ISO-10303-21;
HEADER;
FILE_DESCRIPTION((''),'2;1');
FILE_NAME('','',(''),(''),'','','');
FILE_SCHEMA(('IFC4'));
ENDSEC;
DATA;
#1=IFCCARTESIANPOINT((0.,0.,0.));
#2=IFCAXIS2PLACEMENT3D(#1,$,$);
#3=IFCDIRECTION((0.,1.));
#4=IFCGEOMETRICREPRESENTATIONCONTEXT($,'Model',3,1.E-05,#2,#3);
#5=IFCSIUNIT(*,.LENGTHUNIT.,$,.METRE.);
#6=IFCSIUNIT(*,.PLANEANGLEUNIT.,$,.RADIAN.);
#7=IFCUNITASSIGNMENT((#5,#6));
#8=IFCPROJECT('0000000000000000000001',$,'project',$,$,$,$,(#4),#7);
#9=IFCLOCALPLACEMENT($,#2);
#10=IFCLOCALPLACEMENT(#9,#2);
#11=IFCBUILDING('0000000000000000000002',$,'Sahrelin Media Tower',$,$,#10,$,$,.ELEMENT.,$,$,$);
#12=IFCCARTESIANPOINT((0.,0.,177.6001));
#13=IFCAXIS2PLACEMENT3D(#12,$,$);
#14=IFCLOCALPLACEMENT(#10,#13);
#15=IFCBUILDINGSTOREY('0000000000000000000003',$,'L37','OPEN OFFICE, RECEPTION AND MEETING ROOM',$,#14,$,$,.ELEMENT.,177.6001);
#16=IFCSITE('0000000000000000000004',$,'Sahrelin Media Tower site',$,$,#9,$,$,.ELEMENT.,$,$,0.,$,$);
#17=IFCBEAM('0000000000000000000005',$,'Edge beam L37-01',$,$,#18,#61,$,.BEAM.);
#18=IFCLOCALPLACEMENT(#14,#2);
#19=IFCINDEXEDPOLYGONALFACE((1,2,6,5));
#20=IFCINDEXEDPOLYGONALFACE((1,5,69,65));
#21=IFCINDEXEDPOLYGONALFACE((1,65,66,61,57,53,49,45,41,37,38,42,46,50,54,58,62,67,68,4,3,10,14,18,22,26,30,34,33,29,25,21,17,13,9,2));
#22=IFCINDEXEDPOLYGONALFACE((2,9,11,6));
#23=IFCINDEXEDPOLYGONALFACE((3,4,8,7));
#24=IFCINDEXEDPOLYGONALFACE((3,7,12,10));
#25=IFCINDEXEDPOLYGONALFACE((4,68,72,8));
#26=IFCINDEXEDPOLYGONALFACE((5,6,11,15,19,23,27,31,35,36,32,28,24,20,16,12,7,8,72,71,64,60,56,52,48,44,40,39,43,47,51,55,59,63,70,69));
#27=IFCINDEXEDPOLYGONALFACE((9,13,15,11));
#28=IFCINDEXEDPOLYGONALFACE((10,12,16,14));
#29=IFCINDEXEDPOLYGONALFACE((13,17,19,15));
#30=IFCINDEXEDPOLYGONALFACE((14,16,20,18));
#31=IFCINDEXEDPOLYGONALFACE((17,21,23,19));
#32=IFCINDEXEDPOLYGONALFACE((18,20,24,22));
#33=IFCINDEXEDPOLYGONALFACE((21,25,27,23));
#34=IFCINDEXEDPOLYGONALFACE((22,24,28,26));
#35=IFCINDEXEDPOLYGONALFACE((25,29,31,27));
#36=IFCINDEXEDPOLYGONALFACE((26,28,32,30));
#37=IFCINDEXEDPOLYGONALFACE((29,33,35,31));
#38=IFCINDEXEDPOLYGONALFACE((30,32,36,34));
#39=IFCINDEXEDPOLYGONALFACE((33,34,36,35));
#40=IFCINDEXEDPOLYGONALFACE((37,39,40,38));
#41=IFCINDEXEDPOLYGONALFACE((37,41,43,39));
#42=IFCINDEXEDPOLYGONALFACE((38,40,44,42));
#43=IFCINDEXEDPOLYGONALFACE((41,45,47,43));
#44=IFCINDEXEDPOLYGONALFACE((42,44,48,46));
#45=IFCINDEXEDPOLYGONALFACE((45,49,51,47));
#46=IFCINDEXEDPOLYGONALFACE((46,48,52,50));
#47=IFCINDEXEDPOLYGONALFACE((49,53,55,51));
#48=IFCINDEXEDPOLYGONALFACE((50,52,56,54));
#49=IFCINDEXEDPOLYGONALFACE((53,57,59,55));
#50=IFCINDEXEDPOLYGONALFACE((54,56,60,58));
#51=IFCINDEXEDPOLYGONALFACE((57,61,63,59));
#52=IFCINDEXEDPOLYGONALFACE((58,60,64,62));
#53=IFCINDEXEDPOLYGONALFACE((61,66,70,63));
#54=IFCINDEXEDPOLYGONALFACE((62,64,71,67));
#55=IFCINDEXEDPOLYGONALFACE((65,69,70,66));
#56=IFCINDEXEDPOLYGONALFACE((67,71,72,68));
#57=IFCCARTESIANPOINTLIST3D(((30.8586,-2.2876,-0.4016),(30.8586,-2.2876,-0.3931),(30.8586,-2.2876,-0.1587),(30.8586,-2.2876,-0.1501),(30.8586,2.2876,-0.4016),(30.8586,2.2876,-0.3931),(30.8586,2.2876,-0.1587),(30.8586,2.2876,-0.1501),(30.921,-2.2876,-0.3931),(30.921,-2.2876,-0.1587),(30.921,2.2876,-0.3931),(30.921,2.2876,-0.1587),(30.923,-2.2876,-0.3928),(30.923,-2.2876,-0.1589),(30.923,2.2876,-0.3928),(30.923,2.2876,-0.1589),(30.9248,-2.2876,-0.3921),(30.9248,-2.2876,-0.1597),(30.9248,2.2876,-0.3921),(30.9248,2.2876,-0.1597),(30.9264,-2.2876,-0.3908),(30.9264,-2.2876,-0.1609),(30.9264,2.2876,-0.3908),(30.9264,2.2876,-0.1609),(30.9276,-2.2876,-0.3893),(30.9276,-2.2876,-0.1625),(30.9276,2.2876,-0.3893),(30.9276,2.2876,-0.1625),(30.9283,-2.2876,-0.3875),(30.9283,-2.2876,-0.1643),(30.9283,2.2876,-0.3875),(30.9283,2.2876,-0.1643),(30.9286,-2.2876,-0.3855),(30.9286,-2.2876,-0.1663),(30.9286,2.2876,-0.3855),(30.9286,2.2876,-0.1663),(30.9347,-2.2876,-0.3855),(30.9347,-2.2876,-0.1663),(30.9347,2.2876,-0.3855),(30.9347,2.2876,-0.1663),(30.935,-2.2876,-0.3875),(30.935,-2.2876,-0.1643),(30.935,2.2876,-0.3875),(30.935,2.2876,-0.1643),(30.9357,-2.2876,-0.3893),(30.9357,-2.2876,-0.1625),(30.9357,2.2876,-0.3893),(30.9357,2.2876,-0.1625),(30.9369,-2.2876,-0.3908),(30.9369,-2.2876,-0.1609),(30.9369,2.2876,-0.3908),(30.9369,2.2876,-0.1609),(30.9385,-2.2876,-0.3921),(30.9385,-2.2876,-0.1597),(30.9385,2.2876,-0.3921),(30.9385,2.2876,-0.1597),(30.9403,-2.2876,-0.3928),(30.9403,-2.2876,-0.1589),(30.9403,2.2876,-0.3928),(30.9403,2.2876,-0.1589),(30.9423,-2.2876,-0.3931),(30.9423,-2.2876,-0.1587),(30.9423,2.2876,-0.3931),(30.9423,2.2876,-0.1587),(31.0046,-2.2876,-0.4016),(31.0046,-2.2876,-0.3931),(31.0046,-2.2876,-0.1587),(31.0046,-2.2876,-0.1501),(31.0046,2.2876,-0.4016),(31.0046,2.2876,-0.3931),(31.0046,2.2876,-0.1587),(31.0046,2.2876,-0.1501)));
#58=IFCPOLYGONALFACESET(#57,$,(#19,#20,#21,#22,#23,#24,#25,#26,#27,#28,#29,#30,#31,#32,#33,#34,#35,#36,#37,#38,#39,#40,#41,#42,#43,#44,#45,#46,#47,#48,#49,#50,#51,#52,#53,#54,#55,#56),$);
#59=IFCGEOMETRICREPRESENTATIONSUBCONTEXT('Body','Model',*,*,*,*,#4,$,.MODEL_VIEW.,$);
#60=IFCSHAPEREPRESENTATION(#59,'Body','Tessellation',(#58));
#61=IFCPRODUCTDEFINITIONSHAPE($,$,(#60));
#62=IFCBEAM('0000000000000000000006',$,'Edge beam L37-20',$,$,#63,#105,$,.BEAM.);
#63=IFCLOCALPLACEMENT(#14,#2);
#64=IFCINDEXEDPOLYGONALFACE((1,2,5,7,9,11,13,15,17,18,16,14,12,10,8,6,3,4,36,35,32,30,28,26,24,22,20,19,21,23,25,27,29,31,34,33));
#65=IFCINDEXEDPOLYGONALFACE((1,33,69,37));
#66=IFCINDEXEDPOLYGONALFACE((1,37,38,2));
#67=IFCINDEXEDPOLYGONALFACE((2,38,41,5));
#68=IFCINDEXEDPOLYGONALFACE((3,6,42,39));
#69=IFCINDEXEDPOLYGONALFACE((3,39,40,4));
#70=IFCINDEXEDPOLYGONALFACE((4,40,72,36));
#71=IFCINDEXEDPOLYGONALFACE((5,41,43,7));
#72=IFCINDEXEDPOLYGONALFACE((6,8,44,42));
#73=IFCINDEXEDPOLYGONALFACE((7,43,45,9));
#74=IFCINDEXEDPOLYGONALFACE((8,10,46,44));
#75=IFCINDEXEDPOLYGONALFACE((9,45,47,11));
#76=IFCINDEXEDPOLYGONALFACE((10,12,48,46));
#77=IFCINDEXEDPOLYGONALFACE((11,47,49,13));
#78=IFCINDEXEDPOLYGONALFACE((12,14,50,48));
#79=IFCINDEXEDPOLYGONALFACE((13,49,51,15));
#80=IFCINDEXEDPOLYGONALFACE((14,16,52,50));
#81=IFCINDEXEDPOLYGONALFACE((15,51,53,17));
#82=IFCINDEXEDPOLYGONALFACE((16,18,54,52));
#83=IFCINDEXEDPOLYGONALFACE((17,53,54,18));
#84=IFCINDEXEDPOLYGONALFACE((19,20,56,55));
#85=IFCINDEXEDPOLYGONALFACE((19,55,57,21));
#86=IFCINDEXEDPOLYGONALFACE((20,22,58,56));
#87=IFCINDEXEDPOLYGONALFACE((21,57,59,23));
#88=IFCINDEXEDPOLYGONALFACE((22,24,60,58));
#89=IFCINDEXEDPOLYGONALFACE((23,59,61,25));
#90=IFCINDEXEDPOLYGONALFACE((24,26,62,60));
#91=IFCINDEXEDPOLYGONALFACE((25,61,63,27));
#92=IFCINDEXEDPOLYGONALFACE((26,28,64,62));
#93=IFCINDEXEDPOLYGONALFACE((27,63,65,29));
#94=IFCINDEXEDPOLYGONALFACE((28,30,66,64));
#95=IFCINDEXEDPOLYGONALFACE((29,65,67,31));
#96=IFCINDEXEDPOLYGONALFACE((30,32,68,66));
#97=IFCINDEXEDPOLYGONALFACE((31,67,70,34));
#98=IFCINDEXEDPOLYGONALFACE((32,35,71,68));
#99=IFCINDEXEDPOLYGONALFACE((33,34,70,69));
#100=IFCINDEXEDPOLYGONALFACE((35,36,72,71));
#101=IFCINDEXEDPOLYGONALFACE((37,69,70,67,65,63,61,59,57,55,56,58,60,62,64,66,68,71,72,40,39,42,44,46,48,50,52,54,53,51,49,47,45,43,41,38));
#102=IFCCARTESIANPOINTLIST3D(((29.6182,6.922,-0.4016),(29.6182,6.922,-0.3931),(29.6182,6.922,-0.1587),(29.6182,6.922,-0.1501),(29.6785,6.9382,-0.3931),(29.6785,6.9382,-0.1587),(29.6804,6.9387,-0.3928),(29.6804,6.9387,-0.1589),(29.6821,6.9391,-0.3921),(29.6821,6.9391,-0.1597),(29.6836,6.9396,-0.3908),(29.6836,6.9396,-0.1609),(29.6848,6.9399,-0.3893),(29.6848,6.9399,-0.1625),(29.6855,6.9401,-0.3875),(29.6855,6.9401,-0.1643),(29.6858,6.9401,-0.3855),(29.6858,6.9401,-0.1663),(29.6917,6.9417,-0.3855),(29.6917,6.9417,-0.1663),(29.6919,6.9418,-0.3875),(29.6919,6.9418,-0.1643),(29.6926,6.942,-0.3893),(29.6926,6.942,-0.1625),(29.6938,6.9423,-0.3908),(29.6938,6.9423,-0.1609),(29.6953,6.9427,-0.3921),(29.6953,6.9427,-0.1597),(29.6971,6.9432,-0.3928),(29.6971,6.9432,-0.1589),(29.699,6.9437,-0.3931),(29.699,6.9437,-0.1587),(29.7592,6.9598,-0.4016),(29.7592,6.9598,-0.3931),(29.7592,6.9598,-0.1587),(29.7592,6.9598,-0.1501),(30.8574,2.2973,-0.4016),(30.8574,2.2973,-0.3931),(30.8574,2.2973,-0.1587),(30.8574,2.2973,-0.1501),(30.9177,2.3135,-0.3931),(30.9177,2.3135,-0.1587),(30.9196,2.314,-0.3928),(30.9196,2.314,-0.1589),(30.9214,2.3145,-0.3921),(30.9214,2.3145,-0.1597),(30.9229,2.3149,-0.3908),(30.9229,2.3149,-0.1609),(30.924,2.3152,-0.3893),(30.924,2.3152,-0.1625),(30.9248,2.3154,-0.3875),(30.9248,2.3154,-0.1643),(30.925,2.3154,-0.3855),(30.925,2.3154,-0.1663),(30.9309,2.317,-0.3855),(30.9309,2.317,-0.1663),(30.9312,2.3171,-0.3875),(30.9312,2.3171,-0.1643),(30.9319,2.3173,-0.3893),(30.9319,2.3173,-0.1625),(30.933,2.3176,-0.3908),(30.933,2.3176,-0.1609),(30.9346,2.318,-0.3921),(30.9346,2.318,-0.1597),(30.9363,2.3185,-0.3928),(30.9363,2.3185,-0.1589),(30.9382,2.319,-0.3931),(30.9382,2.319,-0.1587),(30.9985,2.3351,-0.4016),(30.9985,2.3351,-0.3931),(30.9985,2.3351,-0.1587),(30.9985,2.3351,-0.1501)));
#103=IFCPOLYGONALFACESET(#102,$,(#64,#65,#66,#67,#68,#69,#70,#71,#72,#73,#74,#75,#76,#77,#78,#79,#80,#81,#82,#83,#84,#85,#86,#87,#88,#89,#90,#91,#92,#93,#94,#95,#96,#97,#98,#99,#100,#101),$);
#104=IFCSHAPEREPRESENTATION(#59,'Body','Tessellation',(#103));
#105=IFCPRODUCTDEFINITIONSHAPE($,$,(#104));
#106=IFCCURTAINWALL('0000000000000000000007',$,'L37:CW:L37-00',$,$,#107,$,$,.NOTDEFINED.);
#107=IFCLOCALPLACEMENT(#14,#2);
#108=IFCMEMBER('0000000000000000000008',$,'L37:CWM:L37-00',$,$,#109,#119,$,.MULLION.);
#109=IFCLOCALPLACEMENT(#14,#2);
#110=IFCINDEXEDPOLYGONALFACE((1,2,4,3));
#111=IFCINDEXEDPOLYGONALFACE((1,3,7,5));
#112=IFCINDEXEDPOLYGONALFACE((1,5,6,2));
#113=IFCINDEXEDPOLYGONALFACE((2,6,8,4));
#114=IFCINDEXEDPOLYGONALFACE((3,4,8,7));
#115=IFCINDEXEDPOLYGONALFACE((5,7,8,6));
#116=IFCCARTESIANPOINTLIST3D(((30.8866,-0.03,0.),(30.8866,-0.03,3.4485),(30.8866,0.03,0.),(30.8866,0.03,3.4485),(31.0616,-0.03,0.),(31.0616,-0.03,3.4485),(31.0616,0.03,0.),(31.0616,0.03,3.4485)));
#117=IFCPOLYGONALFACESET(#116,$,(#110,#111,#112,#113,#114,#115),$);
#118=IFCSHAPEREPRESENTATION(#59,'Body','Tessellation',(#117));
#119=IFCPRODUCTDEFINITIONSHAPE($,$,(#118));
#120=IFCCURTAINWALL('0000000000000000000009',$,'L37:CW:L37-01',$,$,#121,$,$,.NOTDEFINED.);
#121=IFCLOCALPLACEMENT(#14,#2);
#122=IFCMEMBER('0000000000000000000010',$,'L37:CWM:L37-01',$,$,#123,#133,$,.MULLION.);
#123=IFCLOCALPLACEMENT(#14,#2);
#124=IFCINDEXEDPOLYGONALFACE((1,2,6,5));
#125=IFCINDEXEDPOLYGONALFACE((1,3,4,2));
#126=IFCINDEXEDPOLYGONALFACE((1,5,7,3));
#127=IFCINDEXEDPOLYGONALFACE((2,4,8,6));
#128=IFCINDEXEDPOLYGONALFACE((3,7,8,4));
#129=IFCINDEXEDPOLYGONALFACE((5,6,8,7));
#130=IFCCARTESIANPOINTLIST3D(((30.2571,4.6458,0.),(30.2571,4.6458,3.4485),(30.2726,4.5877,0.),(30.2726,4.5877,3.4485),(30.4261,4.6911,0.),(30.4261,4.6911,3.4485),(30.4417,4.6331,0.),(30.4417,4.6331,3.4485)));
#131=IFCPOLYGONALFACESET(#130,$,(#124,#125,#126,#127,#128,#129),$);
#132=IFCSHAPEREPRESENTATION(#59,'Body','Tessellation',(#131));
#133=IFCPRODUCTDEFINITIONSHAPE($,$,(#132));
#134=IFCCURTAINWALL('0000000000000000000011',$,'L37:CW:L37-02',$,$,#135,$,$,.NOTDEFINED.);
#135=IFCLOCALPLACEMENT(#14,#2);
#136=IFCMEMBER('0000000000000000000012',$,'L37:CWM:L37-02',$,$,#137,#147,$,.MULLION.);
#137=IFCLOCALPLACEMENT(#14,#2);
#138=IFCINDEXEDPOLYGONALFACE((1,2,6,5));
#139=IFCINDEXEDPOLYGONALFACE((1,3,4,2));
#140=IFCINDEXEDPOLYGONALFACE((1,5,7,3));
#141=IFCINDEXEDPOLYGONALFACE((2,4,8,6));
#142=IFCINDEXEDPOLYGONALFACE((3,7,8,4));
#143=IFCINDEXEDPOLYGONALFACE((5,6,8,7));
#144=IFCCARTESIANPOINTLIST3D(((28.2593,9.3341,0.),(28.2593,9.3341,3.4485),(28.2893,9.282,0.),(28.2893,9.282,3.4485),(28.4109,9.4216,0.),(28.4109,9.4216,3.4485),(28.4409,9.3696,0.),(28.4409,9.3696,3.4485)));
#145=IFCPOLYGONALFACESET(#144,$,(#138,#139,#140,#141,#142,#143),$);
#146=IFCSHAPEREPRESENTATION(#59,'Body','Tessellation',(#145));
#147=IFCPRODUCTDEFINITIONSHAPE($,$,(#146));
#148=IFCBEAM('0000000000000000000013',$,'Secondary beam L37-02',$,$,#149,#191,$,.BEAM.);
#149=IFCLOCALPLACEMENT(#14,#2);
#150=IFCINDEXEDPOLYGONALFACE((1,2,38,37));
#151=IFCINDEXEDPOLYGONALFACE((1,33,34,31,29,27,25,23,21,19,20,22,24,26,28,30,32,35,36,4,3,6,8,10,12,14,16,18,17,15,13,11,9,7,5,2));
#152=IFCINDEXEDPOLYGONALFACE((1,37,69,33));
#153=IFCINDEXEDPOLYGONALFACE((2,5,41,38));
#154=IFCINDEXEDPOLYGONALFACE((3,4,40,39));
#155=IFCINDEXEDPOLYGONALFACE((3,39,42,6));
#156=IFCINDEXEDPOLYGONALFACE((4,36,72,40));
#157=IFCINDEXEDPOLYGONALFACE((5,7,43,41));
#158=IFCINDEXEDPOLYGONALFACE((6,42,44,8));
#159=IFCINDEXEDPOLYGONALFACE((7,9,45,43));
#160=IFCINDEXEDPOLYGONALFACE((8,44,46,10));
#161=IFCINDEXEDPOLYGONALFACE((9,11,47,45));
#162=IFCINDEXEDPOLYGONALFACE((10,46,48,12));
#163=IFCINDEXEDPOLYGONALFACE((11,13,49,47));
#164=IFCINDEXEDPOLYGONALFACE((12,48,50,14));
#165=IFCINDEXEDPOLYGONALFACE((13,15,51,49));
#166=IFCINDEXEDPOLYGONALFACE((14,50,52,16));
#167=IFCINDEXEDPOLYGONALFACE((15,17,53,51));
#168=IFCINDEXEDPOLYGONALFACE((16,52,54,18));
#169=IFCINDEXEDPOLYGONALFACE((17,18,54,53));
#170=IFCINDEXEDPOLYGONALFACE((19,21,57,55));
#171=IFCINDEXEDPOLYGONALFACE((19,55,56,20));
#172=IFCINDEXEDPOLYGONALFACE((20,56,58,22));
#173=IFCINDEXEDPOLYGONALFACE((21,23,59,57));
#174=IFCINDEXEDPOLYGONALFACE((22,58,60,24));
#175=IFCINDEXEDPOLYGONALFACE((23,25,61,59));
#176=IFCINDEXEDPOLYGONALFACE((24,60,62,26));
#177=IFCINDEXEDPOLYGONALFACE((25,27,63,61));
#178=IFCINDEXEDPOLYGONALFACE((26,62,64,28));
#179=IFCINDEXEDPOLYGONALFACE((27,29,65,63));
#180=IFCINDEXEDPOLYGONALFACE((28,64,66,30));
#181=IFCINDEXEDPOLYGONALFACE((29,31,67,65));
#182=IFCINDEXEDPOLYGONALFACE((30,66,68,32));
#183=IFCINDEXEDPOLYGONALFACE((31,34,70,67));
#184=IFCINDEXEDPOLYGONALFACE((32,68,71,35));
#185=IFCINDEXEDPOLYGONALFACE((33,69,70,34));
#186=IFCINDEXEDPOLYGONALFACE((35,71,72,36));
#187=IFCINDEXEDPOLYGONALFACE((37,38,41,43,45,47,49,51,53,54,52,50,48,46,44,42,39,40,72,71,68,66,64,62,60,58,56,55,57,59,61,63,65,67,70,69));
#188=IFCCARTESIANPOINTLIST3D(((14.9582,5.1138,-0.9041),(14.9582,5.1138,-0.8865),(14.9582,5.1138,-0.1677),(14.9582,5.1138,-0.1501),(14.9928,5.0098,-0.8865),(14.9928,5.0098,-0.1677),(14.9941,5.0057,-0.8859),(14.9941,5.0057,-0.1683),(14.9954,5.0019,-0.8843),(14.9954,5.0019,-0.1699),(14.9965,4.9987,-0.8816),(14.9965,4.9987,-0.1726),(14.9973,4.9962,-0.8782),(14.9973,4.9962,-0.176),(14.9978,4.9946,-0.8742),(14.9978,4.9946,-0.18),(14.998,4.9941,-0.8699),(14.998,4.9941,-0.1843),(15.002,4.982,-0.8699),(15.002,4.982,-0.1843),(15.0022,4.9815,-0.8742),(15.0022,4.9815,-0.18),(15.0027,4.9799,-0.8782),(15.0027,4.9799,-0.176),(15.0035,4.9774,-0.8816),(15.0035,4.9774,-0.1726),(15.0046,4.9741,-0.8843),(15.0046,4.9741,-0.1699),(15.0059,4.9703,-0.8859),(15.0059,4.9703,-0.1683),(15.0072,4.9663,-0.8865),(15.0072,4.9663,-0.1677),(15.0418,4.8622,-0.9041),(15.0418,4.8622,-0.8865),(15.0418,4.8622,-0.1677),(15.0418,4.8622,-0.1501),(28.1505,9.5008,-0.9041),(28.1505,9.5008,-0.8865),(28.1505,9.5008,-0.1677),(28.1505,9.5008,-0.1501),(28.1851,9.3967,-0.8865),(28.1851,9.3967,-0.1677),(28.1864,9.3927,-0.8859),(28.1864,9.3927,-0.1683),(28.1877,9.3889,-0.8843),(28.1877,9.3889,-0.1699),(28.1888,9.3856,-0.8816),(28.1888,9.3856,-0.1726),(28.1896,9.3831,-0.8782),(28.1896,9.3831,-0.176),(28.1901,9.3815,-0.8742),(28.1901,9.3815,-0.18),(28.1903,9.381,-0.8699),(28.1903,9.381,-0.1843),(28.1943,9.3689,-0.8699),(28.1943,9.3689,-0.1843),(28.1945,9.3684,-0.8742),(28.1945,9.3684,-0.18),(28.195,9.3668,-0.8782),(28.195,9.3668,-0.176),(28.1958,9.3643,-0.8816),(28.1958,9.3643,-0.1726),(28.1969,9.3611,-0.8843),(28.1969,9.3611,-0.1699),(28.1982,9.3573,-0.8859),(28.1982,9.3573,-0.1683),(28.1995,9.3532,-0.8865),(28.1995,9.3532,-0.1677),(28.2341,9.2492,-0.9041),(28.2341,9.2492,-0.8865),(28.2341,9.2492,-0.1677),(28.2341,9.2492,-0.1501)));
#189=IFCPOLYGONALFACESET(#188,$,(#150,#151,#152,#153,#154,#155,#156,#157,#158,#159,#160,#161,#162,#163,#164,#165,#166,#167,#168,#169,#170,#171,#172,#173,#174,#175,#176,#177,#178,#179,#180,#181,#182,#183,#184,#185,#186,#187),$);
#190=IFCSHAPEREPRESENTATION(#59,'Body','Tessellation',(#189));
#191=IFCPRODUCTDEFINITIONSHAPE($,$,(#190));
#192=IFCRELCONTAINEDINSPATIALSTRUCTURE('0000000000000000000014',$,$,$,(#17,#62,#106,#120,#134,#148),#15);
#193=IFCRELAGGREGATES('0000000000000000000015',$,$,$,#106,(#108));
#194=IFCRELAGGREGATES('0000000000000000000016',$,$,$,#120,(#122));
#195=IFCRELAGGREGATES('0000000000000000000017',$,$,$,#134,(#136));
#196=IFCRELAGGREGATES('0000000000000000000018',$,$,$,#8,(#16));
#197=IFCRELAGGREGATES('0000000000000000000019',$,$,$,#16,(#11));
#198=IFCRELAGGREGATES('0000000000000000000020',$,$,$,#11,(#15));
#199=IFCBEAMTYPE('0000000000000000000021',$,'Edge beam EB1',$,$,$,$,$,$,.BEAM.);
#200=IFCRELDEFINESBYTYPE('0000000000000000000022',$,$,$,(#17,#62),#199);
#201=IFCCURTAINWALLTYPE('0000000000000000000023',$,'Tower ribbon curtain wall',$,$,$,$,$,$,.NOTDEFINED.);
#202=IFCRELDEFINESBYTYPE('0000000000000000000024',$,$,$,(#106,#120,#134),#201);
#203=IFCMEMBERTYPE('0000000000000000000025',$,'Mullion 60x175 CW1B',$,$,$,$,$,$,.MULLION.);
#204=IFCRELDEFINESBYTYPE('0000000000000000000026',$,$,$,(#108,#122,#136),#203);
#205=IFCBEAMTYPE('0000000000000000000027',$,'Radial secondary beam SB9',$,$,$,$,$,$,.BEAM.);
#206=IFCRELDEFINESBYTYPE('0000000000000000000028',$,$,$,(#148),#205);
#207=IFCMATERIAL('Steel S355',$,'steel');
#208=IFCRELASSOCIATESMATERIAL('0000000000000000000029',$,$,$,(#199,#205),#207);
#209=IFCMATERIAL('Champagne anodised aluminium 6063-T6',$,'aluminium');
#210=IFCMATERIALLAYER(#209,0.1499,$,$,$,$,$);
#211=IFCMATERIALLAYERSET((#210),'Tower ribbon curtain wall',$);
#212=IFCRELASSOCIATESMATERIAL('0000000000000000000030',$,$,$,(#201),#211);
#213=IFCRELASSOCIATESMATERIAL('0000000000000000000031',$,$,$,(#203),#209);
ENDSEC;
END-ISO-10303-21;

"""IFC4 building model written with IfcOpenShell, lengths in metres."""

from ifc_helpers import new_model, si_unit, direction, frame, origin, origin_2d, place, context, subcontext, project, spatial, rectangle, i_section, extrude, material, layer, layer_set, material_profile, profile_set, type_object, element, aggregate, save


model = new_model("IFC4")

# Units and contexts
model_context = context("Model", 3, precision=1e-05, world=origin(), true_north=direction((0.0, 1.0)))
body_context = subcontext(model_context, "Body", "Model", "MODEL_VIEW")
ifc_project = project(units=[si_unit("LENGTHUNIT", "METRE"), si_unit("PLANEANGLEUNIT", "RADIAN")], contexts=[model_context])

# Site, building, storey
site_placement = place(None, origin())
site = spatial("IfcSite", under=ifc_project, at=site_placement, Name="Sahrelin Media Tower site", CompositionType="ELEMENT", RefElevation=0.0)
building_placement = place(site_placement, origin())
building = spatial("IfcBuilding", under=site, at=building_placement, Name="Sahrelin Media Tower", CompositionType="ELEMENT")
storey_placement = place(building_placement, frame((0.0, 0.0, 177.6001)))
storey = spatial("IfcBuildingStorey", under=building, at=storey_placement, Name="L37", Description="OPEN OFFICE, RECEPTION AND MEETING ROOM", CompositionType="ELEMENT", Elevation=177.6001)

# Beams
ifc_material_1 = material(Name="Steel S355", Category="steel")
ifc_material_profile_1 = material_profile(ifc_material_1, i_section(OverallWidth=0.146, OverallDepth=0.2515, WebThickness=0.0061, FlangeThickness=0.0085, FilletRadius=0.0076, at=origin_2d()), Name="UB 254x146x31")
ifc_profile_set_1 = profile_set([ifc_material_profile_1], Name="Steel S355")
beam_type_1 = type_object("IfcBeamType", Name="Edge beam EB1", PredefinedType="BEAM", material=ifc_profile_set_1)
beam_1_placement = place(storey_placement, frame((30.9316, 2.2876, -0.2759), z_axis=(0.0, -1.0, 0.0), x_axis=(1.0, 0.0, 0.0)))
element("IfcBeam", 1, at=beam_1_placement, inside=storey, type_object=beam_type_1, Name="Edge beam L37-01", PredefinedType="BEAM", context=body_context, shape_type="SweptSolid", body=[
    extrude(i_section(OverallWidth=0.146, OverallDepth=0.2515, WebThickness=0.0061, FlangeThickness=0.0085, FilletRadius=0.0076, at=origin_2d()), origin(), (0.0, 0.0, 1.0), 4.5752),
])
beam_2_placement = place(storey_placement, frame((29.6887, 6.9409, -0.2759), z_axis=(0.25883, -0.965923, 0.0), x_axis=(0.965923, 0.25883, 0.0)))
element("IfcBeam", 2, at=beam_2_placement, inside=storey, type_object=beam_type_1, Name="Edge beam L37-20", PredefinedType="BEAM", context=body_context, shape_type="SweptSolid", body=[
    extrude(i_section(OverallWidth=0.146, OverallDepth=0.2515, WebThickness=0.0061, FlangeThickness=0.0085, FilletRadius=0.0076, at=origin_2d()), origin(), (0.0, 0.0, 1.0), 4.7878),
])

# Curtain walls, members
ifc_material_2 = material(Name="Champagne anodised aluminium 6063-T6", Category="aluminium")
ifc_layer_1 = layer(ifc_material_2, 0.1499)
ifc_layer_set_1 = layer_set([ifc_layer_1], Name="Tower ribbon curtain wall")
curtain_wall_type = type_object("IfcCurtainWallType", Name="Tower ribbon curtain wall", PredefinedType="NOTDEFINED", material=ifc_layer_set_1)
curtain_wall_1_placement = place(storey_placement, frame((31.0818, 0.0, 0.0), z_axis=(0.0, 0.0, 1.0), x_axis=(1.0, 0.0, 0.0)))
curtain_wall_1 = element("IfcCurtainWall", 3, at=curtain_wall_1_placement, inside=storey, type_object=curtain_wall_type, Name="L37:CW:L37-00", PredefinedType="NOTDEFINED")
ifc_material_profile_2 = material_profile(ifc_material_2, rectangle(XDim=0.0601, YDim=0.175, at=origin_2d()), Name="Mullion 60x175")
ifc_profile_set_2 = profile_set([ifc_material_profile_2], Name="Champagne anodised aluminium 6063-T6")
member_type_1 = type_object("IfcMemberType", Name="Mullion 60x175 CW1B", PredefinedType="MULLION", material=ifc_profile_set_2)
member_1_placement = place(storey_placement, frame((30.9741, 0.0, 0.0), z_axis=(0.0, 0.0, 1.0), x_axis=(0.0, 1.0, 0.0)))
member_1 = element("IfcMember", 4, at=member_1_placement, type_object=member_type_1, Name="L37:CWM:L37-00", PredefinedType="MULLION", context=body_context, shape_type="SweptSolid", body=[
    extrude(rectangle(XDim=0.0601, YDim=0.175, at=origin_2d()), origin(), (0.0, 0.0, 1.0), 3.4485),
])
aggregate(curtain_wall_1, [member_1])
curtain_wall_2_placement = place(storey_placement, frame((30.4534, 4.6672, 0.0), z_axis=(0.0, 0.0, 1.0), x_axis=(1.0, 0.0, 0.0)))
curtain_wall_2 = element("IfcCurtainWall", 5, at=curtain_wall_2_placement, inside=storey, type_object=curtain_wall_type, Name="L37:CW:L37-01", PredefinedType="NOTDEFINED")
member_2_placement = place(storey_placement, frame((30.3494, 4.6394, 0.0), z_axis=(0.0, 0.0, 1.0), x_axis=(-0.258809, 0.965929, 0.0)))
member_2 = element("IfcMember", 6, at=member_2_placement, type_object=member_type_1, Name="L37:CWM:L37-01", PredefinedType="MULLION", context=body_context, shape_type="SweptSolid", body=[
    extrude(rectangle(XDim=0.0601, YDim=0.175, at=origin_2d()), origin(), (0.0, 0.0, 1.0), 3.4485),
])
curtain_wall_3_placement = place(storey_placement, frame((28.4434, 9.4055, 0.0), z_axis=(0.0, 0.0, 1.0), x_axis=(1.0, 0.0, 0.0)))
curtain_wall_3 = element("IfcCurtainWall", 7, at=curtain_wall_3_placement, inside=storey, type_object=curtain_wall_type, Name="L37:CW:L37-02", PredefinedType="NOTDEFINED")
member_3_placement = place(storey_placement, frame((28.3501, 9.3518, 0.0), z_axis=(0.0, 0.0, 1.0), x_axis=(-0.500005, 0.866023, 0.0)))
member_3 = element("IfcMember", 8, at=member_3_placement, type_object=member_type_1, Name="L37:CWM:L37-02", PredefinedType="MULLION", context=body_context, shape_type="SweptSolid", body=[
    extrude(rectangle(XDim=0.0601, YDim=0.175, at=origin_2d()), origin(), (0.0, 0.0, 1.0), 3.4485),
])

# Beam
ifc_material_profile_3 = material_profile(ifc_material_1, i_section(OverallWidth=0.2651, OverallDepth=0.7539, WebThickness=0.0127, FlangeThickness=0.0176, FilletRadius=0.0166, at=origin_2d()), Name="UB 762x267x147")
ifc_profile_set_3 = profile_set([ifc_material_profile_3], Name="Steel S355")
beam_type_2 = type_object("IfcBeamType", Name="Radial secondary beam SB9", PredefinedType="BEAM", material=ifc_profile_set_3)
beam_3_placement = place(storey_placement, frame((15.0, 4.988, -0.5271), z_axis=(0.94891, 0.315548, 0.0), x_axis=(-0.315548, 0.94891, 0.0)))
element("IfcBeam", 9, at=beam_3_placement, inside=storey, type_object=beam_type_2, Name="Secondary beam L37-02", PredefinedType="BEAM", context=body_context, shape_type="SweptSolid", body=[
    extrude(i_section(OverallWidth=0.2651, OverallDepth=0.7539, WebThickness=0.0127, FlangeThickness=0.0176, FilletRadius=0.0166, at=origin_2d()), origin(), (0.0, 0.0, 1.0), 13.9026),
])

aggregate(curtain_wall_2, [member_2])
aggregate(curtain_wall_3, [member_3])

save(model, "model.ifc")
